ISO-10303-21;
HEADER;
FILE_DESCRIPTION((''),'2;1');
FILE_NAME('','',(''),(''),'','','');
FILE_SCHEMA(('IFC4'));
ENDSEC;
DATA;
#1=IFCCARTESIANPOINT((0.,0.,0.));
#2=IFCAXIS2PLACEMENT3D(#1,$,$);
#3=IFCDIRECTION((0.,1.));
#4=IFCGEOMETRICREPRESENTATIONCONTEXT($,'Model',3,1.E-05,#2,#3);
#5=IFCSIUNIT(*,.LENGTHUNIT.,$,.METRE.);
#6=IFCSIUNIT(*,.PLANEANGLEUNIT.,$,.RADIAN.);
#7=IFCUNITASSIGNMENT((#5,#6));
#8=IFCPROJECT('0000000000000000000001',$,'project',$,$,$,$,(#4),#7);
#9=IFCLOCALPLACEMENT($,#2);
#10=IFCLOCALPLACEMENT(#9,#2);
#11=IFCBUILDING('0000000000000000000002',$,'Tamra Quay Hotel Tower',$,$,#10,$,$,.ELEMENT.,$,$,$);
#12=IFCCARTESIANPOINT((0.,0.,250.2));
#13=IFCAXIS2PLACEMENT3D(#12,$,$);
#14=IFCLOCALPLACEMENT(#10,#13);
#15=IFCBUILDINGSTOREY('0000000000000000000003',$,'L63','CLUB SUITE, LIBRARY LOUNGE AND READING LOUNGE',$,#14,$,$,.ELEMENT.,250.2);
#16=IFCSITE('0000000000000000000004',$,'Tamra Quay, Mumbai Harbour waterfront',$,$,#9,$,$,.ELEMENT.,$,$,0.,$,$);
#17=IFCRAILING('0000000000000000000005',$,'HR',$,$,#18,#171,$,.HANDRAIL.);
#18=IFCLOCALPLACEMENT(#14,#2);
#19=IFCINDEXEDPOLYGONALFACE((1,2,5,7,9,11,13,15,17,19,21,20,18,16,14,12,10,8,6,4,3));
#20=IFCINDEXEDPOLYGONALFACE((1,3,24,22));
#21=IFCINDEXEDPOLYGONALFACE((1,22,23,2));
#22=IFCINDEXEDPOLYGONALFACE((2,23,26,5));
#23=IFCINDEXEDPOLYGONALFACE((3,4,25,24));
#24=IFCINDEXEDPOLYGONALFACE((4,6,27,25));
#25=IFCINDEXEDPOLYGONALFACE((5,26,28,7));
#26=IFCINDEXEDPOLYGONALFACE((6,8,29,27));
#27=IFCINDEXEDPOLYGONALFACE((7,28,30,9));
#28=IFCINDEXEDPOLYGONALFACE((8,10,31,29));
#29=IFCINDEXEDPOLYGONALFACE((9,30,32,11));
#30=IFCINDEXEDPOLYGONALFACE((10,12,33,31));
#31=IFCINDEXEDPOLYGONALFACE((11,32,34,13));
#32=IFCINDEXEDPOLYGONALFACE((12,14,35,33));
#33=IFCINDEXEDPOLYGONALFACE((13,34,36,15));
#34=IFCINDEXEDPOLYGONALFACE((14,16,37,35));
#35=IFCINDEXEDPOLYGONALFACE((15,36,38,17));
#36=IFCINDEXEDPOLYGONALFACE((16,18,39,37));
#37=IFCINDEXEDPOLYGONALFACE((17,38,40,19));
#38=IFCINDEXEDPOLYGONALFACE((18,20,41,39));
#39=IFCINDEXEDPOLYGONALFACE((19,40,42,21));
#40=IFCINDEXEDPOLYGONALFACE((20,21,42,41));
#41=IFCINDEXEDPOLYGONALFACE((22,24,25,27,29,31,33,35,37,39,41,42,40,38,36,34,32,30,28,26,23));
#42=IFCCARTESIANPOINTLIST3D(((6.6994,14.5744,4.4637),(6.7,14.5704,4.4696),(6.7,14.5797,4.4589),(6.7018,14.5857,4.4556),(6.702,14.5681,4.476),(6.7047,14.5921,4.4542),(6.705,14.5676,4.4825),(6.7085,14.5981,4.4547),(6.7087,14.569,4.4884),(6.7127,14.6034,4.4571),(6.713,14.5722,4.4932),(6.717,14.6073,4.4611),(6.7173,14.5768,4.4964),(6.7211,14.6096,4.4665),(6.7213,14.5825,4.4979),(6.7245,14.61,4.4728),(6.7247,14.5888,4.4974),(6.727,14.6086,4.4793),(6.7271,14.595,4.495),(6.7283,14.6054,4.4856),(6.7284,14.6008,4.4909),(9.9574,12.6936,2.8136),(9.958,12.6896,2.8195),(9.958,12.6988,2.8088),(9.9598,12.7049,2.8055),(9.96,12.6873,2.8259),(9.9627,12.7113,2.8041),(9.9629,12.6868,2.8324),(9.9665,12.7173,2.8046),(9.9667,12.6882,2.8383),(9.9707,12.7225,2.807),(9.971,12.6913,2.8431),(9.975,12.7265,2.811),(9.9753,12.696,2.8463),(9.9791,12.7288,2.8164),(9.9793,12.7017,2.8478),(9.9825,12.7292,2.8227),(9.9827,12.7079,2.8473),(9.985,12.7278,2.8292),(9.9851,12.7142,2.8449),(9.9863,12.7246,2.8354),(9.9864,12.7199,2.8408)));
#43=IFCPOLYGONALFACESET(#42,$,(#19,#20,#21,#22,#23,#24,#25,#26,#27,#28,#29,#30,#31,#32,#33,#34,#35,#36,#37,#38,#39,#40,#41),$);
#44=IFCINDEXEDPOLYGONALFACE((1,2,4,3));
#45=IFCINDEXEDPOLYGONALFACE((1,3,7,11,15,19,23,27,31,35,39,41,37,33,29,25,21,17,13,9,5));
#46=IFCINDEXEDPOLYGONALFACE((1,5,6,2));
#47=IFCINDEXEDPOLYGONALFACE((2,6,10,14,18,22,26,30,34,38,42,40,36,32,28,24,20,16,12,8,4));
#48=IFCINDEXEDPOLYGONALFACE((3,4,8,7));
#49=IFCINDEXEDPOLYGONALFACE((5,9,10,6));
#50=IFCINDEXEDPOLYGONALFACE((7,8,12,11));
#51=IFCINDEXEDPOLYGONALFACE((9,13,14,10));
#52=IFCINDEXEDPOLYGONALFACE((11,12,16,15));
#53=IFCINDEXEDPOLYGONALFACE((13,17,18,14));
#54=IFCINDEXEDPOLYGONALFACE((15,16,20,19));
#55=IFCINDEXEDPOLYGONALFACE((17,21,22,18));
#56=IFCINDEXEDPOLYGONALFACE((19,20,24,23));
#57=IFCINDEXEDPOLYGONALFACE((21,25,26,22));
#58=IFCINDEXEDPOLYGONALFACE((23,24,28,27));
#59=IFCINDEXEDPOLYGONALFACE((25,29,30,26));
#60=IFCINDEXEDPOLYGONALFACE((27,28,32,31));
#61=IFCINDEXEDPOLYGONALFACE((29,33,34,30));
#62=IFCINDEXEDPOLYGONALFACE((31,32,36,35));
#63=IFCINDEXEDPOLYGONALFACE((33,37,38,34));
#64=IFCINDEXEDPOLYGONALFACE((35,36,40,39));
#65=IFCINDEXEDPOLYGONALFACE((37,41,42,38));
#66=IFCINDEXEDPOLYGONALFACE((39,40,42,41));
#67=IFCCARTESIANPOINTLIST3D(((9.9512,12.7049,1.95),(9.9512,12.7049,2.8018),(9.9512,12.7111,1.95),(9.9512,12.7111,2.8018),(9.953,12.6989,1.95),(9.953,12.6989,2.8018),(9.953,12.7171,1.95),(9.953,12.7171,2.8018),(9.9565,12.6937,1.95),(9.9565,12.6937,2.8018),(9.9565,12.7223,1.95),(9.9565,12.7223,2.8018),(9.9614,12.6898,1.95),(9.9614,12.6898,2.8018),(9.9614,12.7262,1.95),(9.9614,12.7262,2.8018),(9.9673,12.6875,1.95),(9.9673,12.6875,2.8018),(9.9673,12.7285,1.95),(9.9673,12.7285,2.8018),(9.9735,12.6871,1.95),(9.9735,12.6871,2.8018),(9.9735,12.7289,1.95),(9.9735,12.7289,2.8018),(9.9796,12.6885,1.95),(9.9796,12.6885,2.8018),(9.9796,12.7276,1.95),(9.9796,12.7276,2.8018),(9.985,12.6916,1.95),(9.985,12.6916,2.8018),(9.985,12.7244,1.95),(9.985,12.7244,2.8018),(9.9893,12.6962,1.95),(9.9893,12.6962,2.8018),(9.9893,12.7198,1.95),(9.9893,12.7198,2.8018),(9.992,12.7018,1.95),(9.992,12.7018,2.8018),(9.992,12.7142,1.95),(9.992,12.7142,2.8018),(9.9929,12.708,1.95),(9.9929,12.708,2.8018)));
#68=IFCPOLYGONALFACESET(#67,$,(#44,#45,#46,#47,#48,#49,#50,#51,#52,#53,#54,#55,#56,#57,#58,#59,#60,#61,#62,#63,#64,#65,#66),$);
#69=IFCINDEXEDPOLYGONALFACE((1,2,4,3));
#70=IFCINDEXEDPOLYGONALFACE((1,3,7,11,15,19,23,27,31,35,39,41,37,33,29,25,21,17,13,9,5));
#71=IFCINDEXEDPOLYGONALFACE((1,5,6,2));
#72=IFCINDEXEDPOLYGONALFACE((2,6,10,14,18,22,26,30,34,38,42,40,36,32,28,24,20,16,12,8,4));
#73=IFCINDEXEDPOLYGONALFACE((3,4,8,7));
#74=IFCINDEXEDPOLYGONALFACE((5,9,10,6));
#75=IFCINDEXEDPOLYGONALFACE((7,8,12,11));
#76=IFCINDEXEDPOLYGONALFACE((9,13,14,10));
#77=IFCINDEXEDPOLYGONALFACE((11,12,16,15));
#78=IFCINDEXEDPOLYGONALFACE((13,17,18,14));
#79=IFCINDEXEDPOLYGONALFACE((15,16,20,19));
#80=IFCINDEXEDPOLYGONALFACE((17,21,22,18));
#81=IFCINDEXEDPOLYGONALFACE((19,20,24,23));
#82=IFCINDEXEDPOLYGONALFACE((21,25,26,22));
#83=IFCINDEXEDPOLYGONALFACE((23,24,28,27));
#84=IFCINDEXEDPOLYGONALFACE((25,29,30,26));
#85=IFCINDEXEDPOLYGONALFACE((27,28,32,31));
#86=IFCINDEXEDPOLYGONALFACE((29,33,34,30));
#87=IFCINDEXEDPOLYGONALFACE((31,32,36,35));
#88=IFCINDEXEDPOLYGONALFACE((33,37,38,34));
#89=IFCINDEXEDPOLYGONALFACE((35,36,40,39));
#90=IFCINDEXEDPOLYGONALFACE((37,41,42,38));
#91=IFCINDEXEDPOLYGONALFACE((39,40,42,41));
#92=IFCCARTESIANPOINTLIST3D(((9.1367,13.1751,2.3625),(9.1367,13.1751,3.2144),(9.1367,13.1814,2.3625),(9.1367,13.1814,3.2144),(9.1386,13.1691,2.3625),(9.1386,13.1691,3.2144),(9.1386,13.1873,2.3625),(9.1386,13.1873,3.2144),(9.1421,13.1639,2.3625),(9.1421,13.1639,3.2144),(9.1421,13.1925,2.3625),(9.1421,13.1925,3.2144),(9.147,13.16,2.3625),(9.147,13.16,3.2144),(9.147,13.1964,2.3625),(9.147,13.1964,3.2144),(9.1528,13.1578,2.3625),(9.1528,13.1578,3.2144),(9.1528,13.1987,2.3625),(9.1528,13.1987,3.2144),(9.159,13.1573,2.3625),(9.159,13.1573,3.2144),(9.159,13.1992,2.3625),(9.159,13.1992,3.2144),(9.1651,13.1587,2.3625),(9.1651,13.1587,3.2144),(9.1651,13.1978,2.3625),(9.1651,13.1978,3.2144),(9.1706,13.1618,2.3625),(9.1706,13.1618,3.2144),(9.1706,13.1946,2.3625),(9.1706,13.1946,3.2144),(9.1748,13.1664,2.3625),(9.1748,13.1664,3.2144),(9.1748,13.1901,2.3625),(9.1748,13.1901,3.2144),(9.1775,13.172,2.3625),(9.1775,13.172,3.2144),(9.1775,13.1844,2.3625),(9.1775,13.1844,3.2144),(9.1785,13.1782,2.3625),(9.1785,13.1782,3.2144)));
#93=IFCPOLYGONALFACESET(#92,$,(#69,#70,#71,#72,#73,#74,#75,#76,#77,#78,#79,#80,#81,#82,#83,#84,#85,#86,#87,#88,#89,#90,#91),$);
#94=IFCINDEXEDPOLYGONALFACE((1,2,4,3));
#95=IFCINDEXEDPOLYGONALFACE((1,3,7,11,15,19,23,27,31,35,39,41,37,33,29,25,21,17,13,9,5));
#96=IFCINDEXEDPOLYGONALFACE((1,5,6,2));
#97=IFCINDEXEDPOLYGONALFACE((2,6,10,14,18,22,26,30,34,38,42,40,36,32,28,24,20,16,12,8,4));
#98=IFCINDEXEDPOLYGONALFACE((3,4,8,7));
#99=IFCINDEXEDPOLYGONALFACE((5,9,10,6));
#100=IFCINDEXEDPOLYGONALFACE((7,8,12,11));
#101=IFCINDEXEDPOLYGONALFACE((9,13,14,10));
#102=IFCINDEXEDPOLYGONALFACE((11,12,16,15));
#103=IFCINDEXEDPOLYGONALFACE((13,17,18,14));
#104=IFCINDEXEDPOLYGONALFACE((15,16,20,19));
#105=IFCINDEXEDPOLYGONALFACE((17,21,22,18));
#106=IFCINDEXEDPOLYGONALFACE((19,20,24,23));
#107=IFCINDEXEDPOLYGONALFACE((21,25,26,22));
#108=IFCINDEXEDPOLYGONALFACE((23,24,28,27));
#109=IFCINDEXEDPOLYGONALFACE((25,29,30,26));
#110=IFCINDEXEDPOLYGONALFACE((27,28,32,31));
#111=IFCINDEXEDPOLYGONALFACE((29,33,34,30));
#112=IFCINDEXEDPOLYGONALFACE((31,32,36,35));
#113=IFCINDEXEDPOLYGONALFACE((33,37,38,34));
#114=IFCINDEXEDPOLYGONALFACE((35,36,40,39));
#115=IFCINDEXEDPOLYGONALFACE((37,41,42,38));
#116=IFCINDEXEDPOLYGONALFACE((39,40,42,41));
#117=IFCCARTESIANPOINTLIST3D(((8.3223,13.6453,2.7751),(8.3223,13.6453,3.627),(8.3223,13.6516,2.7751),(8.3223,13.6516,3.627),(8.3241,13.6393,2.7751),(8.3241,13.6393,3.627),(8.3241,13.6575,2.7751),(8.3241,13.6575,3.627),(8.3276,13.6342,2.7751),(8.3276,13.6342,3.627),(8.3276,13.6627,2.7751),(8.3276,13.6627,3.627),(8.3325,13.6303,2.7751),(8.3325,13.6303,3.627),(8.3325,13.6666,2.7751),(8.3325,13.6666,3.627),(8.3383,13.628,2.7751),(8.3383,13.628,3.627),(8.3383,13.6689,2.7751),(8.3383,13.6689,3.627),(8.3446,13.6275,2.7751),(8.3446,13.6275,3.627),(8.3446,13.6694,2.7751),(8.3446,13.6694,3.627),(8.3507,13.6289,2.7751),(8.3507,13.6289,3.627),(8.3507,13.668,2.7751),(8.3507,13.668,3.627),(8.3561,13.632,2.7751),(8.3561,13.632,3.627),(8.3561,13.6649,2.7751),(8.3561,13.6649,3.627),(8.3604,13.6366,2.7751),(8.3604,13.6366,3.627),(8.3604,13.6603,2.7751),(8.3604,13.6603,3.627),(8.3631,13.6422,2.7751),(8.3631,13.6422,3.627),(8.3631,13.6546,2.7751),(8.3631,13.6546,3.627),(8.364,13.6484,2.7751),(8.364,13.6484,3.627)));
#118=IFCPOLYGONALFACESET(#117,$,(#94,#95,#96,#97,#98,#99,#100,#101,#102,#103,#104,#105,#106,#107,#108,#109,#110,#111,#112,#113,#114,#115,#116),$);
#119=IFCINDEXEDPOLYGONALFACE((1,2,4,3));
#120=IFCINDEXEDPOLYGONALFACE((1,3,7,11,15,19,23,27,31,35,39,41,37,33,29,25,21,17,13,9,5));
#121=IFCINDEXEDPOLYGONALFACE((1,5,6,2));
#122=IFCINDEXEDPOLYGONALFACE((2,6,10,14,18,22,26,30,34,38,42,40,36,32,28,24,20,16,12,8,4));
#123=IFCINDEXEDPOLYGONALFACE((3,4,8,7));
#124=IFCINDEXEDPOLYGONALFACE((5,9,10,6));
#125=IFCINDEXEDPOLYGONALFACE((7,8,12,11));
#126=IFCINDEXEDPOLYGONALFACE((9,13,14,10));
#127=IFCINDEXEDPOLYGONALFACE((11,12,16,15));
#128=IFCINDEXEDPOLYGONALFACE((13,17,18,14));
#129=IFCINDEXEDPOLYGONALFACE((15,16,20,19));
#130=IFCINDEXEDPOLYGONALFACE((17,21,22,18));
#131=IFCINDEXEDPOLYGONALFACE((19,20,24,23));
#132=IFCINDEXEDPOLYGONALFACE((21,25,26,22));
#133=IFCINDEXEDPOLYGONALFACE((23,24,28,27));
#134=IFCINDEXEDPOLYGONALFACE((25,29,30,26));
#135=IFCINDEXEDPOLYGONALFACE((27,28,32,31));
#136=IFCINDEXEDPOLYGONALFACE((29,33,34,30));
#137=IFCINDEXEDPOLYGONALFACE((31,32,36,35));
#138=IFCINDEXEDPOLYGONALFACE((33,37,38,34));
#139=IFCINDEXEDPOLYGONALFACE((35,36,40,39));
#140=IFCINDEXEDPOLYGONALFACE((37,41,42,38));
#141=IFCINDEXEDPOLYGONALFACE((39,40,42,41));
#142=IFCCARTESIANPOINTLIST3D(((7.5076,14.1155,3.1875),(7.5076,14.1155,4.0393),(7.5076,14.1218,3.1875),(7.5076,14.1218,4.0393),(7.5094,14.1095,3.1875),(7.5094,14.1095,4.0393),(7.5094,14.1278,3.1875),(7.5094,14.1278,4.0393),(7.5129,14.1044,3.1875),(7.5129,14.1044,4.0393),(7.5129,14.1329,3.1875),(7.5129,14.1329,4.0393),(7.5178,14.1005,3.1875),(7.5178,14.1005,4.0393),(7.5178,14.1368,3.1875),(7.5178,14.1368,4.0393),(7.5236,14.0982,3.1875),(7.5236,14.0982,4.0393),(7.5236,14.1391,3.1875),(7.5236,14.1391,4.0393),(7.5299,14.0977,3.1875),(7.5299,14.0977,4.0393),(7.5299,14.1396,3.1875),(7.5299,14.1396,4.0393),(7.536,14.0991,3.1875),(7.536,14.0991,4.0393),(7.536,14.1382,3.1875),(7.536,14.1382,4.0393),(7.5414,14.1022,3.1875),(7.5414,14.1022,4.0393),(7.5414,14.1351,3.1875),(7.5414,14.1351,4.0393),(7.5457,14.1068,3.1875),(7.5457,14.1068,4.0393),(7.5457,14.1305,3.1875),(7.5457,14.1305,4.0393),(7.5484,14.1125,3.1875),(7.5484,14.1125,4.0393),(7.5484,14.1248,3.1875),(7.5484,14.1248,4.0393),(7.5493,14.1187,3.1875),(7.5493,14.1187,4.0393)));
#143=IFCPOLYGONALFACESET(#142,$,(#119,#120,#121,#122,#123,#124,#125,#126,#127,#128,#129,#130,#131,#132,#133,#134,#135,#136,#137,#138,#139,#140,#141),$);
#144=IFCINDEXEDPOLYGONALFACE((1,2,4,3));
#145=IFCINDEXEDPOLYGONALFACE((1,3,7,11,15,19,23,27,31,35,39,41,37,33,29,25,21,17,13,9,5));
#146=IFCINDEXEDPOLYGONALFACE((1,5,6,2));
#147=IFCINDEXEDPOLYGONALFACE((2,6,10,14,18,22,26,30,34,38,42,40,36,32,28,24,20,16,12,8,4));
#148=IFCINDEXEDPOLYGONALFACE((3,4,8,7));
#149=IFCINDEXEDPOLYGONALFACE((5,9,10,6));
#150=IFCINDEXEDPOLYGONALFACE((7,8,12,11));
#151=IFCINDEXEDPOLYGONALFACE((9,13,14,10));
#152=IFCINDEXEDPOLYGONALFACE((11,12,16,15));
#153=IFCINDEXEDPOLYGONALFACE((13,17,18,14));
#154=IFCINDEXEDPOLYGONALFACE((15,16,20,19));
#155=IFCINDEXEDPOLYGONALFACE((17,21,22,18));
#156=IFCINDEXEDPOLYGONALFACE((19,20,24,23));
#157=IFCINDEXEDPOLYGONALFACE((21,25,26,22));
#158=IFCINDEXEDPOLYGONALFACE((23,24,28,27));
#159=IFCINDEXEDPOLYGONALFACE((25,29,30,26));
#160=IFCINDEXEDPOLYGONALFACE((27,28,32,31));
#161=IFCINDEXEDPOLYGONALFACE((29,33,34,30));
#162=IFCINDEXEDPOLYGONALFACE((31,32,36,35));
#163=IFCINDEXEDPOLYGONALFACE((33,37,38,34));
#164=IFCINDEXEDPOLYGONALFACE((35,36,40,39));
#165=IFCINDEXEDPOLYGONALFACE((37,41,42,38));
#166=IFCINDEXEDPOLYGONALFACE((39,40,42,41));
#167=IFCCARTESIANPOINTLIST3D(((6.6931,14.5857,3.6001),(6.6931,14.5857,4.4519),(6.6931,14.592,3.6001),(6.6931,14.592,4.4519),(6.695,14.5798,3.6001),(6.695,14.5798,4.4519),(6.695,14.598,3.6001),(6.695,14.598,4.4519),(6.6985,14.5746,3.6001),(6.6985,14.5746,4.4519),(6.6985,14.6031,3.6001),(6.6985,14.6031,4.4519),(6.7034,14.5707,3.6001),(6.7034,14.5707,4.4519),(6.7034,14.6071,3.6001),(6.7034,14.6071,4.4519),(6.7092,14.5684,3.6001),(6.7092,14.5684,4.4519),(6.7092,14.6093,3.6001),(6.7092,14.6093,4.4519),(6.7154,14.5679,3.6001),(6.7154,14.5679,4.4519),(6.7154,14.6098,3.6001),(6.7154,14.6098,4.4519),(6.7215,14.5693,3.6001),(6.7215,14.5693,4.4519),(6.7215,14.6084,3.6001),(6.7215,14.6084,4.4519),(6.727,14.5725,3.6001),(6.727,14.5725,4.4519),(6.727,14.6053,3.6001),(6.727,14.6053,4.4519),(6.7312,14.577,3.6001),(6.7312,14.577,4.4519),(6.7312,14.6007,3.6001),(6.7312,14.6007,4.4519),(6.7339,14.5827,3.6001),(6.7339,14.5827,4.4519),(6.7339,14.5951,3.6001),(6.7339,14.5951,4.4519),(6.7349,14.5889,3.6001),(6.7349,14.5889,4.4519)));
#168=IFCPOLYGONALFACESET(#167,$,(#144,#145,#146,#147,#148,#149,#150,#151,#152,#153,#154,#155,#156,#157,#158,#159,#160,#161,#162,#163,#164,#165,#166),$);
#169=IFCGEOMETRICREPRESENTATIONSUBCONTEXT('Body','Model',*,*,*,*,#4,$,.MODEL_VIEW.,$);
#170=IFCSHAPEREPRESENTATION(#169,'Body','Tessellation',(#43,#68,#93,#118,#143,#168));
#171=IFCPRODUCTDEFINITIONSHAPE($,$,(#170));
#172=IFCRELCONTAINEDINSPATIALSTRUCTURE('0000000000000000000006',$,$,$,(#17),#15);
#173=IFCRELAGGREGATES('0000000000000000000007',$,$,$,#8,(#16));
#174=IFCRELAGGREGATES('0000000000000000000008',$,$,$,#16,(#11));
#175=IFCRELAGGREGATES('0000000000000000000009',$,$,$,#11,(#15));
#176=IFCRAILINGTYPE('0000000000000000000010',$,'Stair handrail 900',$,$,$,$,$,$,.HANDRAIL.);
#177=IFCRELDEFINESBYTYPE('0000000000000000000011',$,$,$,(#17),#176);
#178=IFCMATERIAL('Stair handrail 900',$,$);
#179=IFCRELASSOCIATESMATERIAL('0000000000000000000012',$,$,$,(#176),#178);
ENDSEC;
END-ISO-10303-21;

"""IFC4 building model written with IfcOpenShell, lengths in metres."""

from ifc_helpers import new_model, si_unit, direction, frame, origin, origin_2d, place, context, subcontext, project, spatial, circle, extrude, material, type_object, element, save


model = new_model("IFC4")

# Units and contexts
model_context = context("Model", 3, precision=1e-05, world=origin(), true_north=direction((0.0, 1.0)))
body_context = subcontext(model_context, "Body", "Model", "MODEL_VIEW")
ifc_project = project(units=[si_unit("LENGTHUNIT", "METRE"), si_unit("PLANEANGLEUNIT", "RADIAN")], contexts=[model_context])

# Site, building, storey
site_placement = place(None, origin())
site = spatial("IfcSite", under=ifc_project, at=site_placement, Name="Tamra Quay, Mumbai Harbour waterfront", CompositionType="ELEMENT", RefElevation=0.0)
building_placement = place(site_placement, origin())
building = spatial("IfcBuilding", under=site, at=building_placement, Name="Tamra Quay Hotel Tower", CompositionType="ELEMENT")
storey_placement = place(building_placement, frame((0.0, 0.0, 250.2)))
storey = spatial("IfcBuildingStorey", under=building, at=storey_placement, Name="L63", Description="CLUB SUITE, LIBRARY LOUNGE AND READING LOUNGE", CompositionType="ELEMENT", Elevation=250.2)

# Railing
ifc_material_1 = material(Name="Stair handrail 900")
railing_type_1 = type_object("IfcRailingType", Name="Stair handrail 900", PredefinedType="HANDRAIL", material=ifc_material_1)
railing_1_placement = place(storey_placement, frame((9.9719, 12.708, 1.95)))
element("IfcRailing", 1, at=railing_1_placement, inside=storey, type_object=railing_type_1, Name="HR", PredefinedType="HANDRAIL", context=body_context, shape_type="SweptSolid", body=[
    extrude(circle(Radius=0.0239, at=origin_2d()), frame((0.0, 0.0, 0.876), z_axis=(-0.793103, 0.457854, 0.401692), x_axis=(-0.499964, -0.866046, 0.0)), (0.0, 0.0, 1.0), 4.1079),
    extrude(circle(Radius=0.021, at=origin_2d()), origin(), (0.0, 0.0, 1.0), 0.8518),
    extrude(circle(Radius=0.021, at=origin_2d()), frame((-0.8145, 0.4702, 0.4126)), (0.0, 0.0, 1.0), 0.8518),
    extrude(circle(Radius=0.021, at=origin_2d()), frame((-1.6289, 0.9404, 0.8252)), (0.0, 0.0, 1.0), 0.8518),
    extrude(circle(Radius=0.021, at=origin_2d()), frame((-2.4436, 1.4106, 1.2375)), (0.0, 0.0, 1.0), 0.8518),
    extrude(circle(Radius=0.021, at=origin_2d()), frame((-3.2581, 1.8809, 1.6501)), (0.0, 0.0, 1.0), 0.8518),
])

save(model, "model.ifc")
